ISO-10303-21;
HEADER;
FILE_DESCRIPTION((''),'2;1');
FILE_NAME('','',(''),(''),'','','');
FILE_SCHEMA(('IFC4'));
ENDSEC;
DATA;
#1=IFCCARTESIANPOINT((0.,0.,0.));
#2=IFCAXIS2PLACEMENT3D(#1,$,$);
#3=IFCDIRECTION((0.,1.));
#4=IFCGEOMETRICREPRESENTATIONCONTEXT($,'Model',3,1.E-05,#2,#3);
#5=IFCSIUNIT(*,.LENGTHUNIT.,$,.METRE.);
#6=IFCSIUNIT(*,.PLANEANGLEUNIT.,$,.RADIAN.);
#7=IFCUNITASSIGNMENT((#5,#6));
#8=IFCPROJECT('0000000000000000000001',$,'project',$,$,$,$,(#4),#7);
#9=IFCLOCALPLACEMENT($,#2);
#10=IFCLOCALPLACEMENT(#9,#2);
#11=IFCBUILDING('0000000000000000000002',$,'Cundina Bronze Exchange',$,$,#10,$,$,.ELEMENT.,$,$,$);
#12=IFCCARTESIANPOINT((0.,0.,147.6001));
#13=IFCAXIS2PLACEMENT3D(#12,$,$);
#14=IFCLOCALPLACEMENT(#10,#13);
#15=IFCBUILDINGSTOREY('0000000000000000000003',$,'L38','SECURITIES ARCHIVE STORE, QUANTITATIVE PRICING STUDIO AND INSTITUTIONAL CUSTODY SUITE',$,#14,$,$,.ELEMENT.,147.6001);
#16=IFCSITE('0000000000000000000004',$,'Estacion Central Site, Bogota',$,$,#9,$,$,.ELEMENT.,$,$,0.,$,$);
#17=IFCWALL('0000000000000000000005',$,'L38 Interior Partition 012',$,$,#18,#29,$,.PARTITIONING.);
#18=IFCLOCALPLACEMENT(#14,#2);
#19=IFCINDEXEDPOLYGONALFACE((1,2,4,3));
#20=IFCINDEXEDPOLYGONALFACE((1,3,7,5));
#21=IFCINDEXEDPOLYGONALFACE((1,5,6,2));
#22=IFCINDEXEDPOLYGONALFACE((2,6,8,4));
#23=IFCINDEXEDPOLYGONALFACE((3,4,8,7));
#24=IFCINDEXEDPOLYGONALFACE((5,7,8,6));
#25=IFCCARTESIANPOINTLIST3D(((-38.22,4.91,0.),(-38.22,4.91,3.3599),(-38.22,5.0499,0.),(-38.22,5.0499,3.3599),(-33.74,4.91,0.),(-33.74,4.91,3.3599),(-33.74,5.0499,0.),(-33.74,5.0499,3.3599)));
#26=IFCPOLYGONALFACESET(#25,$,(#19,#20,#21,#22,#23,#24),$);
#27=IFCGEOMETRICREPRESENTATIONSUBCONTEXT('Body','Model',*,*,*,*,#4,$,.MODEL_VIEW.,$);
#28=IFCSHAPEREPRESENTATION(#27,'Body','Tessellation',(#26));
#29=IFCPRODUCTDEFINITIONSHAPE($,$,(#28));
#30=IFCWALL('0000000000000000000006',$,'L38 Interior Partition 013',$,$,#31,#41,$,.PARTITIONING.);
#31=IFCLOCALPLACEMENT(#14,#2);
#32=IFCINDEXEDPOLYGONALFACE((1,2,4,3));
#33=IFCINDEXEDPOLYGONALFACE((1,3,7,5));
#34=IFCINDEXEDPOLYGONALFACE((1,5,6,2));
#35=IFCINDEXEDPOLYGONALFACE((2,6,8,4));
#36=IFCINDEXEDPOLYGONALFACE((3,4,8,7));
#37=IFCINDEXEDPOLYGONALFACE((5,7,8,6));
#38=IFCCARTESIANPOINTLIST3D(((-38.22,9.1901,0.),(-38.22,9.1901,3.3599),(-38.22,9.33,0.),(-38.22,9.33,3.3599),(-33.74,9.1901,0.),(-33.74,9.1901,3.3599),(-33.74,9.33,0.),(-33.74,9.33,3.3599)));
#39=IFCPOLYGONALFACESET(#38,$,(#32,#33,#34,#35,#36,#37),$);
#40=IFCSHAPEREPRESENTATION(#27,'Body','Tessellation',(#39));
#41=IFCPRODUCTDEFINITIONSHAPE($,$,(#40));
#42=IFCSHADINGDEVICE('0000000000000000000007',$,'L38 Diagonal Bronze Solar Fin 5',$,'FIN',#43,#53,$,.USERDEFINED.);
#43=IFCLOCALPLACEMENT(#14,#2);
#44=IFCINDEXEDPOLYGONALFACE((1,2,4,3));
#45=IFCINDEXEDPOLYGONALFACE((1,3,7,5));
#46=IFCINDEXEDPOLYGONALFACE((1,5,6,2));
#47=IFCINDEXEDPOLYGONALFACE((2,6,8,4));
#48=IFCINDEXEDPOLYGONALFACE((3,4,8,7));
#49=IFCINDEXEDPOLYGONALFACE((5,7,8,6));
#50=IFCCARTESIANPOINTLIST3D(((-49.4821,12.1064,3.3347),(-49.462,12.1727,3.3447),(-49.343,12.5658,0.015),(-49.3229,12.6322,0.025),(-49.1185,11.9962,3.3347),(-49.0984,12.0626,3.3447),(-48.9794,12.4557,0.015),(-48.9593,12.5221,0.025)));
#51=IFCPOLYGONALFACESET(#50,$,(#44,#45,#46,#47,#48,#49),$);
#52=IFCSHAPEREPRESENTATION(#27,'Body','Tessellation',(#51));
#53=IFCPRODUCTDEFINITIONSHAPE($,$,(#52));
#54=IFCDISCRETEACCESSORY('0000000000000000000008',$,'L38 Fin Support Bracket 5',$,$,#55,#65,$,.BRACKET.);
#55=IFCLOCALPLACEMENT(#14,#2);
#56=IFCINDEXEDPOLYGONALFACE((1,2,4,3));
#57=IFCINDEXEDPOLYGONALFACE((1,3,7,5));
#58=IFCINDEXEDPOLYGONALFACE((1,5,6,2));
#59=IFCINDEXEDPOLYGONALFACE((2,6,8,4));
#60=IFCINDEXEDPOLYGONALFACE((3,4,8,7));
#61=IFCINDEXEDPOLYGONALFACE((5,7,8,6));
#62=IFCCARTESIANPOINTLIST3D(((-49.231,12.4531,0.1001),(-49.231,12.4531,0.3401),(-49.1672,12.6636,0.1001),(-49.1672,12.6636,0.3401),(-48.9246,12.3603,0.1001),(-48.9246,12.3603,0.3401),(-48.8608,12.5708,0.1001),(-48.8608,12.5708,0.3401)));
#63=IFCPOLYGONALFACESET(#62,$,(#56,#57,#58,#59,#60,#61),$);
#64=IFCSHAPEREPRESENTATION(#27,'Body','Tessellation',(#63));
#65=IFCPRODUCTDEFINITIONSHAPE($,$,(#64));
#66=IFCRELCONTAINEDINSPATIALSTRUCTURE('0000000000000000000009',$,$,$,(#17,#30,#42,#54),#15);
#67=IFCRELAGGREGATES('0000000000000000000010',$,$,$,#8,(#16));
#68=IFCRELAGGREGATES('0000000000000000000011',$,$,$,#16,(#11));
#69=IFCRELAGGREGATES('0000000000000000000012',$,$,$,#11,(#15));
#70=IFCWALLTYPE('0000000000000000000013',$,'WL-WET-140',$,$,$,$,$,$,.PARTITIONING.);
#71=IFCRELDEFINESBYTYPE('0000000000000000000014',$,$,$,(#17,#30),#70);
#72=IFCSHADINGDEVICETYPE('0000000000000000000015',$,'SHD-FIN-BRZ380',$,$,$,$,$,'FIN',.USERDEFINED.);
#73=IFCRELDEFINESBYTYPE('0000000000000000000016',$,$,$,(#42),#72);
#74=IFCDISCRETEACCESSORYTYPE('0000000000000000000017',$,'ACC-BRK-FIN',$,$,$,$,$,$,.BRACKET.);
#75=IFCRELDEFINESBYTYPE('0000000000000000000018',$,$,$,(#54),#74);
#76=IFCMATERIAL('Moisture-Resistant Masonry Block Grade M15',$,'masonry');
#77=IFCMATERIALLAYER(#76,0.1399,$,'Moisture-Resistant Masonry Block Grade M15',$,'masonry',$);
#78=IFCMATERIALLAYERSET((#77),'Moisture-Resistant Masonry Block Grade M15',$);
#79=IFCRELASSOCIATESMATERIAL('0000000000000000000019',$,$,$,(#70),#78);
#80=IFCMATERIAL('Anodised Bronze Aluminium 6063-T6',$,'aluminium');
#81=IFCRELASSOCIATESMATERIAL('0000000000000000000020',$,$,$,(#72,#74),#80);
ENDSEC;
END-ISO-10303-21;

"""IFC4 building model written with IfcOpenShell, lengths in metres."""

from ifc_helpers import new_model, si_unit, direction, frame, frame_2d, origin, origin_2d, place, context, subcontext, project, spatial, rectangle, extrude, material, layer, layer_set, material_profile, profile_set, type_object, element, save


model = new_model("IFC4")

# Units and contexts
model_context = context("Model", 3, precision=1e-05, world=origin(), true_north=direction((0.0, 1.0)))
body_context = subcontext(model_context, "Body", "Model", "MODEL_VIEW")
ifc_project = project(units=[si_unit("LENGTHUNIT", "METRE"), si_unit("PLANEANGLEUNIT", "RADIAN")], contexts=[model_context])

# Site, building, storey
site_placement = place(None, origin())
site = spatial("IfcSite", under=ifc_project, at=site_placement, Name="Estacion Central Site, Bogota", CompositionType="ELEMENT", RefElevation=0.0)
building_placement = place(site_placement, origin())
building = spatial("IfcBuilding", under=site, at=building_placement, Name="Cundina Bronze Exchange", CompositionType="ELEMENT")
storey_placement = place(building_placement, frame((0.0, 0.0, 147.6001)))
storey = spatial("IfcBuildingStorey", under=building, at=storey_placement, Name="L38", Description="SECURITIES ARCHIVE STORE, QUANTITATIVE PRICING STUDIO AND INSTITUTIONAL CUSTODY SUITE", CompositionType="ELEMENT", Elevation=147.6001)

# Shared definitions
ifc_material_1 = material(Name="Anodised Bronze Aluminium 6063-T6", Category="aluminium")

# Walls
ifc_material_2 = material(Name="Moisture-Resistant Masonry Block Grade M15", Category="masonry")
ifc_layer_1 = layer(ifc_material_2, 0.1399, Name="Moisture-Resistant Masonry Block Grade M15", Category="masonry")
ifc_layer_set_1 = layer_set([ifc_layer_1], Name="Moisture-Resistant Masonry Block Grade M15")
wall_type_1 = type_object("IfcWallType", Name="WL-WET-140", PredefinedType="PARTITIONING", material=ifc_layer_set_1)
for number, where, z_axis, x_axis, name in (
    (1, (-38.22, 4.98, 0.0), (0.0, 0.0, 1.0), (1.0, 0.0, 0.0), "L38 Interior Partition 012"),
    (2, (-38.22, 9.26, 0.0), (0.0, 0.0, 1.0), (1.0, 0.0, 0.0), "L38 Interior Partition 013"),
):
    element("IfcWall", number, at=place(storey_placement, frame(where, z_axis=z_axis, x_axis=x_axis)), inside=storey, type_object=wall_type_1, Name=name, PredefinedType="PARTITIONING", context=body_context, shape_type="SweptSolid", body=[
        extrude(rectangle(XDim=4.48, YDim=0.1399, at=frame_2d((2.24, 0.0))), origin(), (0.0, 0.0, 1.0), 3.3599),
    ])

# Shading device
ifc_material_profile_1 = material_profile(ifc_material_1, rectangle(XDim=0.0701, YDim=0.3799, at=origin_2d()), Name="FIN70X380", Category="aluminium")
ifc_profile_set_1 = profile_set([ifc_material_profile_1], Name="Anodised Bronze Aluminium 6063-T6")
shading_device_type = type_object("IfcShadingDeviceType", Name="SHD-FIN-BRZ380", ElementType="FIN", PredefinedType="USERDEFINED", material=ifc_profile_set_1)
shading_device_placement = place(storey_placement, frame((-49.1511, 12.5439, 0.02), z_axis=(-0.041486, -0.136978, 0.989705), x_axis=(0.286882, 0.947214, 0.143123)))
element("IfcShadingDevice", 3, at=shading_device_placement, inside=storey, type_object=shading_device_type, Name="L38 Diagonal Bronze Solar Fin 5", ObjectType="FIN", PredefinedType="USERDEFINED", context=body_context, shape_type="SweptSolid", body=[
    extrude(rectangle(XDim=0.0701, YDim=0.3799, at=origin_2d()), origin(), (0.0, 0.0, 1.0), 3.3542),
])

# Discrete accessory
discrete_accessory_type = type_object("IfcDiscreteAccessoryType", Name="ACC-BRK-FIN", PredefinedType="BRACKET", material=ifc_material_1)
discrete_accessory_placement = place(storey_placement, frame((-49.0459, 12.512, 0.1001), z_axis=(0.0, 0.0, 1.0), x_axis=(-0.290051, -0.957011, 0.0)))
element("IfcDiscreteAccessory", 4, at=discrete_accessory_placement, inside=storey, type_object=discrete_accessory_type, Name="L38 Fin Support Bracket 5", PredefinedType="BRACKET", context=body_context, shape_type="SweptSolid", body=[
    extrude(rectangle(XDim=0.22, YDim=0.3201, at=origin_2d()), origin(), (0.0, 0.0, 1.0), 0.24),
])

save(model, "model.ifc")
